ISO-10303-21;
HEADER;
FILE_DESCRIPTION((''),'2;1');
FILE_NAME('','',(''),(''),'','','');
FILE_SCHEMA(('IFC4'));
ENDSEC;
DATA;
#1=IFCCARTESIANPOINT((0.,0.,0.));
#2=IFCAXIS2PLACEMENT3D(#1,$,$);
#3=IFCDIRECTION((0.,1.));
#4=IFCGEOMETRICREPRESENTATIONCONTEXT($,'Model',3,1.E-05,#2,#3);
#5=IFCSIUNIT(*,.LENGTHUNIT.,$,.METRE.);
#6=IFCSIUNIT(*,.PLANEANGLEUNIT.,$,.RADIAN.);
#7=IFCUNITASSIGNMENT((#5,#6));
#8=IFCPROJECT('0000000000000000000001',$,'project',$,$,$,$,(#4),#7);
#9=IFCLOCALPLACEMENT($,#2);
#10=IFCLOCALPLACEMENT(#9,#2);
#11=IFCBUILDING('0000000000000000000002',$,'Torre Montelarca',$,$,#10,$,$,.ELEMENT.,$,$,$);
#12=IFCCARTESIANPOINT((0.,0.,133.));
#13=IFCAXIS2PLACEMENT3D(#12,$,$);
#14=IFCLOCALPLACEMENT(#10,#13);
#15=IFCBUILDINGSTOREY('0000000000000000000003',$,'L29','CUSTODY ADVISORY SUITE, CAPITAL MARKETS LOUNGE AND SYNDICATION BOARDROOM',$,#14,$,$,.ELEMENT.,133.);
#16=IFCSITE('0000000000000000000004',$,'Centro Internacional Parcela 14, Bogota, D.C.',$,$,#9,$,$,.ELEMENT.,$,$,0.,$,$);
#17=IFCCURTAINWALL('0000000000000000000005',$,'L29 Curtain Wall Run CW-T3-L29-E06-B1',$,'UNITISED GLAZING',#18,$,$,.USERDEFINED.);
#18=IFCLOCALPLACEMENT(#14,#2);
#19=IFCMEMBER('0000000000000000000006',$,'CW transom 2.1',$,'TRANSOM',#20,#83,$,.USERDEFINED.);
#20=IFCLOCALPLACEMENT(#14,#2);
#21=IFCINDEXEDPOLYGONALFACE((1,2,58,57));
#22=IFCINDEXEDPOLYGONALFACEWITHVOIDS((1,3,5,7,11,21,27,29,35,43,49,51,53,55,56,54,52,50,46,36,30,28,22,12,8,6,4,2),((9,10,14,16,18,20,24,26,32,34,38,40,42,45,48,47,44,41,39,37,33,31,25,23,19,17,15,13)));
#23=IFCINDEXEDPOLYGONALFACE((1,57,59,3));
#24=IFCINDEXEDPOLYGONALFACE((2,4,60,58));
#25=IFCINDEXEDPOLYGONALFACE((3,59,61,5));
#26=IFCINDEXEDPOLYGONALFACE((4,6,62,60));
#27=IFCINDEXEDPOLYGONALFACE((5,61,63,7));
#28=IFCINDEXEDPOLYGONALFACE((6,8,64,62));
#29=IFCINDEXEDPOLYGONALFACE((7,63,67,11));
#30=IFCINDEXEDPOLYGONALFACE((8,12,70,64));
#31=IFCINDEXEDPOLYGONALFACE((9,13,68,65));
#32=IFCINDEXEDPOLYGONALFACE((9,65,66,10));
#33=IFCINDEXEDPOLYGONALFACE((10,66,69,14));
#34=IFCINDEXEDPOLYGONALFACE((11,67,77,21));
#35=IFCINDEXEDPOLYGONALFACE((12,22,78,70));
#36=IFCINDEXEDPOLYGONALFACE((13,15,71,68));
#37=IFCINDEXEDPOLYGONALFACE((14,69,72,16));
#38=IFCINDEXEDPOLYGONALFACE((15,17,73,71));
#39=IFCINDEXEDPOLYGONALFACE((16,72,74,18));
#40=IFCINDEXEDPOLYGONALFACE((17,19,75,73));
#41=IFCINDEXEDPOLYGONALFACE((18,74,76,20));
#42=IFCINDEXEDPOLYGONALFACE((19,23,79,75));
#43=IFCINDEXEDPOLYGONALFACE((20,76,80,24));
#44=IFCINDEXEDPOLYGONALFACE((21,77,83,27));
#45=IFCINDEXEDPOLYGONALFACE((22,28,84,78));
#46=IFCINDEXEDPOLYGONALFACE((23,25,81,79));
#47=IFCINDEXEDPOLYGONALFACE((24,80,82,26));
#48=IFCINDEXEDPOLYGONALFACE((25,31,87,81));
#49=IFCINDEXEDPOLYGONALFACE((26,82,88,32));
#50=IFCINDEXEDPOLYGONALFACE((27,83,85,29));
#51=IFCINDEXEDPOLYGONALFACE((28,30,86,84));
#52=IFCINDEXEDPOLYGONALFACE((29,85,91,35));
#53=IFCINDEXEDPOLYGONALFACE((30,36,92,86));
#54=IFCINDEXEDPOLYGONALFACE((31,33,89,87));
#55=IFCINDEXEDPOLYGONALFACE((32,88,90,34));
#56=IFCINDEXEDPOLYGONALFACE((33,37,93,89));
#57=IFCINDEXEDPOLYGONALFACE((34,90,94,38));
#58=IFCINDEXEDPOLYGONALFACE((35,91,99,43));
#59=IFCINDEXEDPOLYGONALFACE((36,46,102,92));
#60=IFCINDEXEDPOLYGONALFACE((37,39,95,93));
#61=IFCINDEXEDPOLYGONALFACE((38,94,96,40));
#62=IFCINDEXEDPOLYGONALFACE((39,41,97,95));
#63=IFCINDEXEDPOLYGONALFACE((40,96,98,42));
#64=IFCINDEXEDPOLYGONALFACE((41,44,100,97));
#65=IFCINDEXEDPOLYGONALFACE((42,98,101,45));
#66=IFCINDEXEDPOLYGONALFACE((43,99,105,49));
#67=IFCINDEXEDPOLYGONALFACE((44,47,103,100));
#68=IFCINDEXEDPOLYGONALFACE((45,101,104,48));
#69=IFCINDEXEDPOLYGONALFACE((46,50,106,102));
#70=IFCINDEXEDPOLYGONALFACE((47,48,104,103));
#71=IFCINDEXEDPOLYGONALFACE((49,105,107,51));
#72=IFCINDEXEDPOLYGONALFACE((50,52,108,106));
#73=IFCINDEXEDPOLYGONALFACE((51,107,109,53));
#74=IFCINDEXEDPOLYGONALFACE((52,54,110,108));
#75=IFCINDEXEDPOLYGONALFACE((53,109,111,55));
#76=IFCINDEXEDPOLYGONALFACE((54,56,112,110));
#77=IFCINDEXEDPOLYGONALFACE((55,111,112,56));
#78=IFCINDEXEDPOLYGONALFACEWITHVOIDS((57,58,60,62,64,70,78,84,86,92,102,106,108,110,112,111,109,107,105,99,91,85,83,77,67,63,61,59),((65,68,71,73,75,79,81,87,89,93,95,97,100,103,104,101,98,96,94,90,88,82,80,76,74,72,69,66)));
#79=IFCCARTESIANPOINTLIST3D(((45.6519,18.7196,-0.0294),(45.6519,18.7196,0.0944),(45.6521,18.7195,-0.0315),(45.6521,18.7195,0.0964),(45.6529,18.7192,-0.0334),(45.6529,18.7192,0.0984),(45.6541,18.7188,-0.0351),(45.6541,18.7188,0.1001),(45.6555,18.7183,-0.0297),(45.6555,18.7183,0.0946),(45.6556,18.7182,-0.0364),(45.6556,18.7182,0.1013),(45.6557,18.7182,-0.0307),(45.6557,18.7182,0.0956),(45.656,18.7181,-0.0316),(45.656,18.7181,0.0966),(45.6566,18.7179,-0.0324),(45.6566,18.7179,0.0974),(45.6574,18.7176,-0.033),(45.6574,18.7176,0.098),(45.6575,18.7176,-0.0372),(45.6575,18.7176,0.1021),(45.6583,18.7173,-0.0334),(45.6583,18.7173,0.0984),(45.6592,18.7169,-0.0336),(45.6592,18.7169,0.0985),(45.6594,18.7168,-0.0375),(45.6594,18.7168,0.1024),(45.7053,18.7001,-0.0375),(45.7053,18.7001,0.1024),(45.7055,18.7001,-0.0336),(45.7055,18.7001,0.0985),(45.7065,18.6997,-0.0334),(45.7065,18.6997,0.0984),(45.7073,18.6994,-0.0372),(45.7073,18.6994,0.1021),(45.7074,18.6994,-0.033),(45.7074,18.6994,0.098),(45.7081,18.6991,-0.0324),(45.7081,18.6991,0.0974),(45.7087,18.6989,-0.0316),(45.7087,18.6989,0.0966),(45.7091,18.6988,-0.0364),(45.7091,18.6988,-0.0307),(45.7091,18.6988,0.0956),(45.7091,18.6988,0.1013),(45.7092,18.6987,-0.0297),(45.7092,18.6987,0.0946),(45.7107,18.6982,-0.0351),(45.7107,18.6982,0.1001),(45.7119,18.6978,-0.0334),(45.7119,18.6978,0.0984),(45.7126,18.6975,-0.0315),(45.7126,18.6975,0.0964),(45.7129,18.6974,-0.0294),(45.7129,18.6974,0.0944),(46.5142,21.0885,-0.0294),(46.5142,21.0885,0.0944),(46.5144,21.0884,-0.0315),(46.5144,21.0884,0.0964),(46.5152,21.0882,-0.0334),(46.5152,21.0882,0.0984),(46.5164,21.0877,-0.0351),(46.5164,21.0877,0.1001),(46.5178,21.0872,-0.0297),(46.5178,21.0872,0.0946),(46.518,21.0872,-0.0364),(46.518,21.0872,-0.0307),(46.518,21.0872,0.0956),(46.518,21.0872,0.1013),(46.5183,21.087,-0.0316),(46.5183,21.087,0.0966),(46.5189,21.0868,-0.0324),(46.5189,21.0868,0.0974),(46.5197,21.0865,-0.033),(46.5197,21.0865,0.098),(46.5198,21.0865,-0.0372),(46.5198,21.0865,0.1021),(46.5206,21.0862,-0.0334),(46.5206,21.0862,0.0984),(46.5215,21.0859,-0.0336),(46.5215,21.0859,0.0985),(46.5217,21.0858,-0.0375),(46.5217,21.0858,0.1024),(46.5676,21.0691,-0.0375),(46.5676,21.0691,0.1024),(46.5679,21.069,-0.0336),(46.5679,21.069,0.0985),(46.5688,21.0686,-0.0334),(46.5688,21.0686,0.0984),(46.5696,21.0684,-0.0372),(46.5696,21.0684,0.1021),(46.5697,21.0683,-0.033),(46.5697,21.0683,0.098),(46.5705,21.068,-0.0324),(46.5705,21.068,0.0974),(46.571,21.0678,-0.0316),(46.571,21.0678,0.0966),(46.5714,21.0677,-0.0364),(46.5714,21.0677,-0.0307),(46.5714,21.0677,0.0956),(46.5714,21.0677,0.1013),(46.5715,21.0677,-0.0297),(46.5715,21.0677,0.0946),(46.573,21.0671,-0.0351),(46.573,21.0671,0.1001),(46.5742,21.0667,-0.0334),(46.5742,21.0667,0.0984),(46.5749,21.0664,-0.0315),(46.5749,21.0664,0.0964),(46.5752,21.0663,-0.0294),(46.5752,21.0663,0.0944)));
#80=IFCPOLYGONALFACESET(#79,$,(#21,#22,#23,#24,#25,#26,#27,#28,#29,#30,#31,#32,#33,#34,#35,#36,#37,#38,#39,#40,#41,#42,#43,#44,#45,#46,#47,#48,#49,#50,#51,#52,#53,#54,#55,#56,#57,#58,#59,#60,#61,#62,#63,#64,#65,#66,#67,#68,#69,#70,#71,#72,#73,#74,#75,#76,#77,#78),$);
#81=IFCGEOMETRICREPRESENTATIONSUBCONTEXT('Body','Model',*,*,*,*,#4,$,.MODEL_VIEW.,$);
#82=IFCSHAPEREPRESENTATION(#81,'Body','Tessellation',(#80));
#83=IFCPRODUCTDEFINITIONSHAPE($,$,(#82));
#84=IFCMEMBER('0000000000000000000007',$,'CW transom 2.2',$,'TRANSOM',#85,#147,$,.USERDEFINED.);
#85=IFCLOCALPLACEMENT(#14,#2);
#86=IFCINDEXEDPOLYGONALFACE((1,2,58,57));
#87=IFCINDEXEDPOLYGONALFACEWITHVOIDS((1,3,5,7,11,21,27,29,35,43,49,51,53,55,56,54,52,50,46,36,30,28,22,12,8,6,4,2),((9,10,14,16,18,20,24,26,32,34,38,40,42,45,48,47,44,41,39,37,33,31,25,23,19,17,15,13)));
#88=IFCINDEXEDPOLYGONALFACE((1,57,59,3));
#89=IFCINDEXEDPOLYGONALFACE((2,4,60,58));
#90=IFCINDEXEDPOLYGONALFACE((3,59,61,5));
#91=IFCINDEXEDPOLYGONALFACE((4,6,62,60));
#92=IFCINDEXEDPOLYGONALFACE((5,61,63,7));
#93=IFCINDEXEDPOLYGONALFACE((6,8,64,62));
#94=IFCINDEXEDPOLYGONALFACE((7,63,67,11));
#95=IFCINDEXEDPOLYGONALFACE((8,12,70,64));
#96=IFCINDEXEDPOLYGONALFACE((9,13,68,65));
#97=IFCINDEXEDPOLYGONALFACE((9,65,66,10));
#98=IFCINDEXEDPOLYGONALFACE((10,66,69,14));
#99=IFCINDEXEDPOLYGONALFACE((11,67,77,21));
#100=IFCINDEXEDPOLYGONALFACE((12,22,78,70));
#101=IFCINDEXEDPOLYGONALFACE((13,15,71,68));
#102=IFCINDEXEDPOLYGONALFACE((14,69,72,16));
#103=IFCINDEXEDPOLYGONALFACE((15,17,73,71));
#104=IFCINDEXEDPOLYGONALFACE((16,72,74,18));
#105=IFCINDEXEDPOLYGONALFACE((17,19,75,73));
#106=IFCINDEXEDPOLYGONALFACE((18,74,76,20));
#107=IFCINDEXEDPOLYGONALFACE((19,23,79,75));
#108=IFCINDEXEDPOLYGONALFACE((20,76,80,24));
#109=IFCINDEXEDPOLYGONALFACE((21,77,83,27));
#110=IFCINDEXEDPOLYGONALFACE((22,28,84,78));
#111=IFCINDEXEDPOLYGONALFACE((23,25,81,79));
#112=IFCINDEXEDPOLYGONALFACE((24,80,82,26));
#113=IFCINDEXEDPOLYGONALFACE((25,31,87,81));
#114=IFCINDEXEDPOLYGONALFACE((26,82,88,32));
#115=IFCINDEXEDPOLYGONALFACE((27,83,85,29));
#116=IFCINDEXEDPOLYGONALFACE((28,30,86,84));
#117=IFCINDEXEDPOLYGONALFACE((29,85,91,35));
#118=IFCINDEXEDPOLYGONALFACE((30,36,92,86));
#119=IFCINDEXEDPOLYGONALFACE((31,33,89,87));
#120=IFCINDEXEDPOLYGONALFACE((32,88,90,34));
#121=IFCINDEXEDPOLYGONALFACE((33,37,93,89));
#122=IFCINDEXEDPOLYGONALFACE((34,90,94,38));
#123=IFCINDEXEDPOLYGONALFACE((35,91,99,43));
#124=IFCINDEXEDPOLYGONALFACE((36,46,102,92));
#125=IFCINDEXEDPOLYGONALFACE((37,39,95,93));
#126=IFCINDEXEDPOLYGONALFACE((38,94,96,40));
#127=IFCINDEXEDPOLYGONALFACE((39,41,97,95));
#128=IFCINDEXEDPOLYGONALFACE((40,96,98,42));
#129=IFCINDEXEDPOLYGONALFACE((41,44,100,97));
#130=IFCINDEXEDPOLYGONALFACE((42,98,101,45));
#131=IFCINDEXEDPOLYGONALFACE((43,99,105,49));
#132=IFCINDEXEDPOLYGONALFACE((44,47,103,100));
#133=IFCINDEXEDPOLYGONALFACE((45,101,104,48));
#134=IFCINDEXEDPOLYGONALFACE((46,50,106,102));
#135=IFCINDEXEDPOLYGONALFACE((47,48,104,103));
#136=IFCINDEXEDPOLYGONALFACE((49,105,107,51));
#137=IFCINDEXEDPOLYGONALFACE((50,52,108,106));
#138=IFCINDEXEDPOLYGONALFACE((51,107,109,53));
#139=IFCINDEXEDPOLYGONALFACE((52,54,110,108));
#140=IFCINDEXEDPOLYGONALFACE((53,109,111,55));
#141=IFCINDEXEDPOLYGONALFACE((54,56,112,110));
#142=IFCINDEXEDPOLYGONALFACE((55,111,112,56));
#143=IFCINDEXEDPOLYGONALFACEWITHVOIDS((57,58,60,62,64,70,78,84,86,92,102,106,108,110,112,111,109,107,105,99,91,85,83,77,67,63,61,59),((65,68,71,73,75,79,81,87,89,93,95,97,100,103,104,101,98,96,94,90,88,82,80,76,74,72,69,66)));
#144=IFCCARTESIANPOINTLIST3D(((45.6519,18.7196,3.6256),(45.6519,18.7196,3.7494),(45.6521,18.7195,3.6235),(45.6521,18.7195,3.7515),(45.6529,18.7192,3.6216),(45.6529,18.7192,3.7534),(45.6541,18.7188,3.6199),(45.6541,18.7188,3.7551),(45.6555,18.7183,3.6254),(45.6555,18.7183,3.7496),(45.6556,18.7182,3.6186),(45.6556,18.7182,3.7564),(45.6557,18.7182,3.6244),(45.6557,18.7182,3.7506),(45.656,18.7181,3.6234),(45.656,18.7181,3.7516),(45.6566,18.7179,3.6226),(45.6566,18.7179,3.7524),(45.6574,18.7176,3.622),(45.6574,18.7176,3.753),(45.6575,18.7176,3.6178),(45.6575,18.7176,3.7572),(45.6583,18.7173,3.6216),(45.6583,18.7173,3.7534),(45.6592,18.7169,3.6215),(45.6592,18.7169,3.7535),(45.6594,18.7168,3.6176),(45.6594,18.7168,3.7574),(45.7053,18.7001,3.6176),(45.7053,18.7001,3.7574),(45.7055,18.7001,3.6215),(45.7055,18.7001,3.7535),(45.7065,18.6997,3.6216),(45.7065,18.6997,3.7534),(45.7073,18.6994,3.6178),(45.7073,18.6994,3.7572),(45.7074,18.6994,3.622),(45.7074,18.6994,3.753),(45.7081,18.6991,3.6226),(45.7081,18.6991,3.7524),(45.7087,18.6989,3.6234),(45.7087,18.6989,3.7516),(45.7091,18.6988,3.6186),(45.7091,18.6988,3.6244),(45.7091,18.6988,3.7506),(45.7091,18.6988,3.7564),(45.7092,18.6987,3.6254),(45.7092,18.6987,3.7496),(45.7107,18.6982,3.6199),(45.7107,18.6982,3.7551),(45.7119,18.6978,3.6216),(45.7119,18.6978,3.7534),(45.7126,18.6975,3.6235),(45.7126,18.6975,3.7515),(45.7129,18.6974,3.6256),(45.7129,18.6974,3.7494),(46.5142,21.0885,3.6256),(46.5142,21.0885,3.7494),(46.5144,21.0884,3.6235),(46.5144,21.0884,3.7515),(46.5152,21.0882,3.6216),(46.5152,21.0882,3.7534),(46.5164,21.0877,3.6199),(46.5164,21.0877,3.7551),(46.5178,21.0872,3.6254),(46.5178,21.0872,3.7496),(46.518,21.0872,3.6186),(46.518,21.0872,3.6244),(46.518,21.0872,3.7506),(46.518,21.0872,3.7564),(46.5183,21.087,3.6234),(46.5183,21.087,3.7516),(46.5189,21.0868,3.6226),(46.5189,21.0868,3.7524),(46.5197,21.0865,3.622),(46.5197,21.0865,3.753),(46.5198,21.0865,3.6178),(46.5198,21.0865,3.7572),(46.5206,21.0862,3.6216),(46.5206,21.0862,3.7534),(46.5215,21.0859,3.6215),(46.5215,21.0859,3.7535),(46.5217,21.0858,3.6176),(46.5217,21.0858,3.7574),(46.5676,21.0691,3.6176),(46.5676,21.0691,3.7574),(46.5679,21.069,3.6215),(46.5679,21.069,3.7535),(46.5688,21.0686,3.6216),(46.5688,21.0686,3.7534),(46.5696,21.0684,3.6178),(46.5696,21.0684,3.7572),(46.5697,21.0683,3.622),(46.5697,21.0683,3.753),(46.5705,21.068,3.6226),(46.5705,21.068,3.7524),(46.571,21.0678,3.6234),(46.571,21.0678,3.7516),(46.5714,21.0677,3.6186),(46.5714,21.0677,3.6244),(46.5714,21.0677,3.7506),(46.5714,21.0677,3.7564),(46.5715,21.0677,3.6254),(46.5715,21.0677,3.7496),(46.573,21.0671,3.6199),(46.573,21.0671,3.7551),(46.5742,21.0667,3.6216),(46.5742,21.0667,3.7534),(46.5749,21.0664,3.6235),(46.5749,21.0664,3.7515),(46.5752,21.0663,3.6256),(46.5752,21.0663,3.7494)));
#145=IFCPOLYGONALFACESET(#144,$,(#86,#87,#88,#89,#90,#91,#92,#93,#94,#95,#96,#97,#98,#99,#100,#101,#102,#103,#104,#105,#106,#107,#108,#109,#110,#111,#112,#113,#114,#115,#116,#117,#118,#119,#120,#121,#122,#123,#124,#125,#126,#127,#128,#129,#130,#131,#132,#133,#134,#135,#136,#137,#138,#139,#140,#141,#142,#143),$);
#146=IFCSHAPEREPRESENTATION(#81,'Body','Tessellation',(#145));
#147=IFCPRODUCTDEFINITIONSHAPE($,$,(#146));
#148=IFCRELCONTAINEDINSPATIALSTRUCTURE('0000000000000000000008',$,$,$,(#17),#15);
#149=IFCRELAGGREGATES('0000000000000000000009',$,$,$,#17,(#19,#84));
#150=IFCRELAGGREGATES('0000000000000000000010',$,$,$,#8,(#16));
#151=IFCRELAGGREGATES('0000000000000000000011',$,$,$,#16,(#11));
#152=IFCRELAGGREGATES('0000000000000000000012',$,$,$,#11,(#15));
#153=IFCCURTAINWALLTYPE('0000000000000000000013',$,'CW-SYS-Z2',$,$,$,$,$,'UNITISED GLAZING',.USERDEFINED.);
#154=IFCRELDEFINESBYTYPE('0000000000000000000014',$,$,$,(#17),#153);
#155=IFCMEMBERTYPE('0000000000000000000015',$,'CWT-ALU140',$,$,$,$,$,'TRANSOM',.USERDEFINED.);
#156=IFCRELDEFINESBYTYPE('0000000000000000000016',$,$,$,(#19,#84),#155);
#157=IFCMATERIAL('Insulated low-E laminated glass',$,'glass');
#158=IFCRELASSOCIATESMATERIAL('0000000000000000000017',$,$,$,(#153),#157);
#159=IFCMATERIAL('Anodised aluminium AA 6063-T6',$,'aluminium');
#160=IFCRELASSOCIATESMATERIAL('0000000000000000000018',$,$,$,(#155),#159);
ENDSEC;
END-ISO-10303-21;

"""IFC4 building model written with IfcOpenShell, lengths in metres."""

from ifc_helpers import new_model, si_unit, direction, frame, origin, origin_2d, place, context, subcontext, project, spatial, hollow_rectangle, extrude, source, transform, mapped, material, material_profile, profile_set, type_object, element, aggregate, save


model = new_model("IFC4")

# Units and contexts
model_context = context("Model", 3, precision=1e-05, world=origin(), true_north=direction((0.0, 1.0)))
body_context = subcontext(model_context, "Body", "Model", "MODEL_VIEW")
ifc_project = project(units=[si_unit("LENGTHUNIT", "METRE"), si_unit("PLANEANGLEUNIT", "RADIAN")], contexts=[model_context])

# Site, building, storey
site_placement = place(None, origin())
site = spatial("IfcSite", under=ifc_project, at=site_placement, Name="Centro Internacional Parcela 14, Bogota, D.C.", CompositionType="ELEMENT", RefElevation=0.0)
building_placement = place(site_placement, origin())
building = spatial("IfcBuilding", under=site, at=building_placement, Name="Torre Montelarca", CompositionType="ELEMENT")
storey_placement = place(building_placement, frame((0.0, 0.0, 133.0)))
storey = spatial("IfcBuildingStorey", under=building, at=storey_placement, Name="L29", Description="CUSTODY ADVISORY SUITE, CAPITAL MARKETS LOUNGE AND SYNDICATION BOARDROOM", CompositionType="ELEMENT", Elevation=133.0)

# Curtain wall
ifc_material_1 = material(Name="Insulated low-E laminated glass", Category="glass")
curtain_wall_type = type_object("IfcCurtainWallType", Name="CW-SYS-Z2", ElementType="UNITISED GLAZING", PredefinedType="USERDEFINED", material=ifc_material_1)
ifc_material_2 = material(Name="Anodised aluminium AA 6063-T6", Category="aluminium")
ifc_material_profile_1 = material_profile(ifc_material_2, hollow_rectangle(XDim=0.0649, YDim=0.1399, WallThickness=0.0039, InnerFilletRadius=0.0039, OuterFilletRadius=0.0081, at=origin_2d()), Name="ALU65X140X4", Category="aluminium")
ifc_profile_set_1 = profile_set([ifc_material_profile_1], Name="Anodised aluminium AA 6063-T6")
member_type_1 = type_object("IfcMemberType", Name="CWT-ALU140", ElementType="TRANSOM", PredefinedType="USERDEFINED", material=ifc_profile_set_1)
curtain_wall_1_placement = place(storey_placement, origin())
curtain_wall_1 = element("IfcCurtainWall", 1, at=curtain_wall_1_placement, inside=storey, type_object=curtain_wall_type, Name="L29 Curtain Wall Run CW-T3-L29-E06-B1", ObjectType="UNITISED GLAZING", PredefinedType="USERDEFINED")

# Members
shared_shape_1 = source(origin(), body_context, "Body", "SweptSolid", [
    extrude(hollow_rectangle(XDim=0.0649, YDim=0.1399, WallThickness=0.0039, InnerFilletRadius=0.0039, OuterFilletRadius=0.0081, at=origin_2d()), origin(), (0.0, 0.0, 1.0), 2.521),
])
member_1_placement = place(storey_placement, frame((45.6824, 18.7085, 0.0325), z_axis=(0.342054, 0.93968, 0.0), x_axis=(-0.93968, 0.342054, 0.0)))
member_1 = element("IfcMember", 2, at=member_1_placement, type_object=member_type_1, Name="CW transom 2.1", ObjectType="TRANSOM", PredefinedType="USERDEFINED", context=body_context, shape_type="MappedRepresentation", body=[
    mapped(shared_shape_1, transform((0.0, 0.0, 0.0), scale=1.0)),
])
member_2_placement = place(storey_placement, frame((45.6824, 18.7085, 3.6875), z_axis=(0.342054, 0.93968, 0.0), x_axis=(-0.93968, 0.342054, 0.0)))
member_2 = element("IfcMember", 3, at=member_2_placement, type_object=member_type_1, Name="CW transom 2.2", ObjectType="TRANSOM", PredefinedType="USERDEFINED", context=body_context, shape_type="MappedRepresentation", body=[
    mapped(shared_shape_1, transform((0.0, 0.0, 0.0), scale=1.0)),
])

aggregate(curtain_wall_1, [member_1, member_2])

save(model, "model.ifc")
